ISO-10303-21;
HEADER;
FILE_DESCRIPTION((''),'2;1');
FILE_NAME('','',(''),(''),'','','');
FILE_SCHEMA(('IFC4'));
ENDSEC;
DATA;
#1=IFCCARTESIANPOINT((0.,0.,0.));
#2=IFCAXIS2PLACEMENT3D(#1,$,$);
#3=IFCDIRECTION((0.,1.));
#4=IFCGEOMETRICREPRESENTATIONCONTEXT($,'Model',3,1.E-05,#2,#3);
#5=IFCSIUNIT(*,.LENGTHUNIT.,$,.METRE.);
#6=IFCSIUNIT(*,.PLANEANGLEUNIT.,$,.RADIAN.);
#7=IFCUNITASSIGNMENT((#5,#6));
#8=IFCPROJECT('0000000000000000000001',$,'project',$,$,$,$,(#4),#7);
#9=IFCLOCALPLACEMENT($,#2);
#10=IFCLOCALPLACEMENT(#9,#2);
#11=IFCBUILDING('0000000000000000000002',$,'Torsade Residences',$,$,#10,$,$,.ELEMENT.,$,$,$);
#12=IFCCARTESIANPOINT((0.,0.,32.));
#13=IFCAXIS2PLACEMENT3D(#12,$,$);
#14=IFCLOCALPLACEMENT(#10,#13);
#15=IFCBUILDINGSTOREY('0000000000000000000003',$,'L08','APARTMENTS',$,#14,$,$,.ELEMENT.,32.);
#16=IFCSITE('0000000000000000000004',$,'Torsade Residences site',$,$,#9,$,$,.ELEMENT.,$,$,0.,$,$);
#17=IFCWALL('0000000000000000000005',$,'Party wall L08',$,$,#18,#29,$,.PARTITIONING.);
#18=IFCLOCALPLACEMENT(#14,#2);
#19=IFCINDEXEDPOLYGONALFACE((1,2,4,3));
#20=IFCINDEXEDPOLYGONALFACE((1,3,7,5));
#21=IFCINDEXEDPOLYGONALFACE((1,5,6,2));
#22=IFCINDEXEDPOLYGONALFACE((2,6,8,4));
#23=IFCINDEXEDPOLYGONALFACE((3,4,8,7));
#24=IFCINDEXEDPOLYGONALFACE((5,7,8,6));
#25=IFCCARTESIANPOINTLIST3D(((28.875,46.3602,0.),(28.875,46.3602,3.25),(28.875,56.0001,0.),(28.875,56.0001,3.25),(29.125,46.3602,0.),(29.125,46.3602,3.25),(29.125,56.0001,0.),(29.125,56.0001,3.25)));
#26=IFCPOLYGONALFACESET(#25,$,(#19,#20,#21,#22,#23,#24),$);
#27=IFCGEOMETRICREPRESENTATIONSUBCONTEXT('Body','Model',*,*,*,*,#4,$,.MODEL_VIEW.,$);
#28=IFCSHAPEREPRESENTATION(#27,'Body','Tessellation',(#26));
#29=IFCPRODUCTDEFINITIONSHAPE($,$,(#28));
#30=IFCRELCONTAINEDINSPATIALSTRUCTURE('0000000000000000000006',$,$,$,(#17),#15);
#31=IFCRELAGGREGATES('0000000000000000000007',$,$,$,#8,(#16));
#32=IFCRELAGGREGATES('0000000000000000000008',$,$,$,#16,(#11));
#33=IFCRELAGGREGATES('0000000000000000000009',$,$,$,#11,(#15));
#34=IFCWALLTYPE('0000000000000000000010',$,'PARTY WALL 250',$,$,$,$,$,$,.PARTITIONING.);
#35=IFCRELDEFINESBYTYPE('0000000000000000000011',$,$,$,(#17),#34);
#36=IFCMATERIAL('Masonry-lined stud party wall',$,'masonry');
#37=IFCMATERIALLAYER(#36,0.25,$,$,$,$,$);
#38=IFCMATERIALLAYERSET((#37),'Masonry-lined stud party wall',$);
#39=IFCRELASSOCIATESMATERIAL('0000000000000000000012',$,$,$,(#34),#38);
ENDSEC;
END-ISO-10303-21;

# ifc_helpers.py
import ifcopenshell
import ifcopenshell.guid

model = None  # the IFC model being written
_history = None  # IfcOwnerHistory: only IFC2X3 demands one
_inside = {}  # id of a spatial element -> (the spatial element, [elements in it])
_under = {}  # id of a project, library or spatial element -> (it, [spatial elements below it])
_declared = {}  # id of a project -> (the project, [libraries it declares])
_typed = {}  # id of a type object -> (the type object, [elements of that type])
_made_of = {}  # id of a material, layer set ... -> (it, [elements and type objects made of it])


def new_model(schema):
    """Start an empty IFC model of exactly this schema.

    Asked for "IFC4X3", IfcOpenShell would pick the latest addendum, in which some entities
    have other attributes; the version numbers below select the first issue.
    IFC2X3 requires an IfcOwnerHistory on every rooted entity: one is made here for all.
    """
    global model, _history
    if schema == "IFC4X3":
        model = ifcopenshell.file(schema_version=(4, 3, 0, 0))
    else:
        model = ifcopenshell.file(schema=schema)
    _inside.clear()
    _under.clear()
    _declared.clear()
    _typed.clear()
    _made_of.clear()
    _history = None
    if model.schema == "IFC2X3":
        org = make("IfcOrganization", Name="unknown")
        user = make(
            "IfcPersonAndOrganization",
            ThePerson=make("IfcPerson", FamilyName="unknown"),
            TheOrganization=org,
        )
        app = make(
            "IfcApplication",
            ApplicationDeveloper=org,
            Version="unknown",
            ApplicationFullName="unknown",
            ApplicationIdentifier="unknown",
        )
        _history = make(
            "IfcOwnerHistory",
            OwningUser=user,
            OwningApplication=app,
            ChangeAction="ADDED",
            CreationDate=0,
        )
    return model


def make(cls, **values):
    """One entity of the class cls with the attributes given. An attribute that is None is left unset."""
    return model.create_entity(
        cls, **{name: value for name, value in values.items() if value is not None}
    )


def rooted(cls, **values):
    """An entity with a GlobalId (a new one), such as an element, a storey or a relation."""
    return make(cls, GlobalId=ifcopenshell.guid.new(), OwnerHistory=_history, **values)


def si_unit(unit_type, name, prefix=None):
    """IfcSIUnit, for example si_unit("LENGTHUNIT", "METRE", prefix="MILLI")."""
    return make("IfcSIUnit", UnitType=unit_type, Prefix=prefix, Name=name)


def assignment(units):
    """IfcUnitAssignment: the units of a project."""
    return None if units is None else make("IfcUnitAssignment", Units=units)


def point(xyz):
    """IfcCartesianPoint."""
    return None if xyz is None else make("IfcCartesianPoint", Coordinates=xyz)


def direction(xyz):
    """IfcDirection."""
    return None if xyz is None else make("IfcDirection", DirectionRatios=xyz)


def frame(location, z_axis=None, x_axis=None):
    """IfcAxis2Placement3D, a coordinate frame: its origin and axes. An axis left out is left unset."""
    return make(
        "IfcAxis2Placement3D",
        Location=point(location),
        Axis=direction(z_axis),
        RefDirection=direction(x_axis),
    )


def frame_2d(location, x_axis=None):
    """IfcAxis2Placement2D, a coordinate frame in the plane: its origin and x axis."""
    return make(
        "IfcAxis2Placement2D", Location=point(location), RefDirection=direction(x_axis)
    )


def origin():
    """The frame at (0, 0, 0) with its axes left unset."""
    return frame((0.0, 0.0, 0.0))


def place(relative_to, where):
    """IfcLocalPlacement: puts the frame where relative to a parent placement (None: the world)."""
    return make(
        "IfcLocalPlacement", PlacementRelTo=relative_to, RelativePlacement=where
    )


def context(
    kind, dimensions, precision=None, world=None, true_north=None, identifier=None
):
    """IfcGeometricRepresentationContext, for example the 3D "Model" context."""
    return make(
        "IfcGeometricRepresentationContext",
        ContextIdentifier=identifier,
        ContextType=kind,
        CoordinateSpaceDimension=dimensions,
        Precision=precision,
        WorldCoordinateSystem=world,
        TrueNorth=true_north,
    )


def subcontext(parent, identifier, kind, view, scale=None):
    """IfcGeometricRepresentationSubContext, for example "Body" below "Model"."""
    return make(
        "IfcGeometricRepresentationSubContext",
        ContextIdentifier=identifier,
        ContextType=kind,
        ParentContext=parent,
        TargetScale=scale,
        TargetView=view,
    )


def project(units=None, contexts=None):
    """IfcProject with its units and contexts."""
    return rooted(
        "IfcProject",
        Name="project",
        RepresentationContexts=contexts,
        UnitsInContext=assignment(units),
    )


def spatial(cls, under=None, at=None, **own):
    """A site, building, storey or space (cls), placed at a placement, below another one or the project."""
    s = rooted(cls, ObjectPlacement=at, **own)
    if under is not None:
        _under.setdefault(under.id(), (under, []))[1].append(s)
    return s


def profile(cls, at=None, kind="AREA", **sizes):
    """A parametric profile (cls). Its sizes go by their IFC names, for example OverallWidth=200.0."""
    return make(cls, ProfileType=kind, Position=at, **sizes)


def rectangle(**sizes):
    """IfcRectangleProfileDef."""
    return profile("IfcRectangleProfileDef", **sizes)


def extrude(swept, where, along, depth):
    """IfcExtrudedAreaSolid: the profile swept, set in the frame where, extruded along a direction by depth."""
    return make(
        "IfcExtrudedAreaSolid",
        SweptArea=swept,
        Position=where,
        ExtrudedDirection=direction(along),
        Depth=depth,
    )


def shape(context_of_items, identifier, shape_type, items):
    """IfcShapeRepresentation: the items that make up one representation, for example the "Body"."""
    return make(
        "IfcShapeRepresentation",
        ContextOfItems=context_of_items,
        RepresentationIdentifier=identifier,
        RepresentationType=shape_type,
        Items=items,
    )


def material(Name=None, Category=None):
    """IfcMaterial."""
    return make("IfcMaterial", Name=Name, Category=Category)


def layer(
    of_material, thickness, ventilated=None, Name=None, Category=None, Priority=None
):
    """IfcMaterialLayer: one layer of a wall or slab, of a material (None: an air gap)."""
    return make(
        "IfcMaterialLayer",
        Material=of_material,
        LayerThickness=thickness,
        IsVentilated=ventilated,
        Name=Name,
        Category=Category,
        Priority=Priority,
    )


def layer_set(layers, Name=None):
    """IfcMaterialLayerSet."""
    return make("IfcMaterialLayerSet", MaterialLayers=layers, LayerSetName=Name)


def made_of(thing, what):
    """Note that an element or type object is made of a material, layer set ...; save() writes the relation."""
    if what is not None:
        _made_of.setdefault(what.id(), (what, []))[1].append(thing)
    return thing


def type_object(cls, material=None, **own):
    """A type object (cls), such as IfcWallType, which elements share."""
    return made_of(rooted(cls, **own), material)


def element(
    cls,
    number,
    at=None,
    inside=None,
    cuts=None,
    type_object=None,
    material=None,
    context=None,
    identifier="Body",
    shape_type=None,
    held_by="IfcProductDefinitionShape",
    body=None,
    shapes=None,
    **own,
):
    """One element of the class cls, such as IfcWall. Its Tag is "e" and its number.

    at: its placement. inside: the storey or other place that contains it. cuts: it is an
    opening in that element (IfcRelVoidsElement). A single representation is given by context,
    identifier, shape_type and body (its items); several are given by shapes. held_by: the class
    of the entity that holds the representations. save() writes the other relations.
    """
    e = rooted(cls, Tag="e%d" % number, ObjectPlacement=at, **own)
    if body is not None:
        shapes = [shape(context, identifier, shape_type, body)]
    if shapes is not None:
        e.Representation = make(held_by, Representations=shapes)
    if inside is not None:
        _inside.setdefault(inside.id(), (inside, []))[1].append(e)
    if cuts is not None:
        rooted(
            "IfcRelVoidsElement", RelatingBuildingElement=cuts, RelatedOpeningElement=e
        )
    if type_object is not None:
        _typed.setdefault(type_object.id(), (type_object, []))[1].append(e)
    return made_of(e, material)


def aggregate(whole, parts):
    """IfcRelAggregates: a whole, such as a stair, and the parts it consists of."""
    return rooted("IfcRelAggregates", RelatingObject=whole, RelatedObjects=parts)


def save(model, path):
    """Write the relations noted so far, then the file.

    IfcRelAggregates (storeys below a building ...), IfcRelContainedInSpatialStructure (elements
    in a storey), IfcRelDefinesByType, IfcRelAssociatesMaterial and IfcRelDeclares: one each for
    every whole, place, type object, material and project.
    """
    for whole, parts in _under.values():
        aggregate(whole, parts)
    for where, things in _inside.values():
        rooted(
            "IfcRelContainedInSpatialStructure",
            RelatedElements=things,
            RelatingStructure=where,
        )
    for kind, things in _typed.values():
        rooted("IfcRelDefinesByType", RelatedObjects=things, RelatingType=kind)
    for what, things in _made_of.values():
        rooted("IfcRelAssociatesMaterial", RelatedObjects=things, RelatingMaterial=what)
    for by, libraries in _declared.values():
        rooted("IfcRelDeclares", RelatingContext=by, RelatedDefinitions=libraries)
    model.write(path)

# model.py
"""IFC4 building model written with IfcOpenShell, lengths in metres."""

from ifc_helpers import new_model, si_unit, direction, frame, frame_2d, origin, place, context, subcontext, project, spatial, rectangle, extrude, material, layer, layer_set, type_object, element, save


model = new_model("IFC4")

# Units and contexts
model_context = context("Model", 3, precision=1e-05, world=origin(), true_north=direction((0.0, 1.0)))
body_context = subcontext(model_context, "Body", "Model", "MODEL_VIEW")
ifc_project = project(units=[si_unit("LENGTHUNIT", "METRE"), si_unit("PLANEANGLEUNIT", "RADIAN")], contexts=[model_context])

# Site, building, storey
site_placement = place(None, origin())
site = spatial("IfcSite", under=ifc_project, at=site_placement, Name="Torsade Residences site", CompositionType="ELEMENT", RefElevation=0.0)
building_placement = place(site_placement, origin())
building = spatial("IfcBuilding", under=site, at=building_placement, Name="Torsade Residences", CompositionType="ELEMENT")
storey_placement = place(building_placement, frame((0.0, 0.0, 32.0)))
storey = spatial("IfcBuildingStorey", under=building, at=storey_placement, Name="L08", Description="APARTMENTS", CompositionType="ELEMENT", Elevation=32.0)

# Wall
ifc_material_1 = material(Name="Masonry-lined stud party wall", Category="masonry")
ifc_layer_1 = layer(ifc_material_1, 0.25)
ifc_layer_set_1 = layer_set([ifc_layer_1], Name="Masonry-lined stud party wall")
wall_type_1 = type_object("IfcWallType", Name="PARTY WALL 250", PredefinedType="PARTITIONING", material=ifc_layer_set_1)
wall_1_placement = place(storey_placement, frame((29.0, 56.0, 0.0), z_axis=(0.0, 0.0, 1.0), x_axis=(0.0, -1.0, 0.0)))
element("IfcWall", 1, at=wall_1_placement, inside=storey, type_object=wall_type_1, Name="Party wall L08", PredefinedType="PARTITIONING", context=body_context, shape_type="SweptSolid", body=[
    extrude(rectangle(XDim=9.6399, YDim=0.25, at=frame_2d((4.8198, 0.0))), origin(), (0.0, 0.0, 1.0), 3.25),
])

save(model, "model.ifc")
